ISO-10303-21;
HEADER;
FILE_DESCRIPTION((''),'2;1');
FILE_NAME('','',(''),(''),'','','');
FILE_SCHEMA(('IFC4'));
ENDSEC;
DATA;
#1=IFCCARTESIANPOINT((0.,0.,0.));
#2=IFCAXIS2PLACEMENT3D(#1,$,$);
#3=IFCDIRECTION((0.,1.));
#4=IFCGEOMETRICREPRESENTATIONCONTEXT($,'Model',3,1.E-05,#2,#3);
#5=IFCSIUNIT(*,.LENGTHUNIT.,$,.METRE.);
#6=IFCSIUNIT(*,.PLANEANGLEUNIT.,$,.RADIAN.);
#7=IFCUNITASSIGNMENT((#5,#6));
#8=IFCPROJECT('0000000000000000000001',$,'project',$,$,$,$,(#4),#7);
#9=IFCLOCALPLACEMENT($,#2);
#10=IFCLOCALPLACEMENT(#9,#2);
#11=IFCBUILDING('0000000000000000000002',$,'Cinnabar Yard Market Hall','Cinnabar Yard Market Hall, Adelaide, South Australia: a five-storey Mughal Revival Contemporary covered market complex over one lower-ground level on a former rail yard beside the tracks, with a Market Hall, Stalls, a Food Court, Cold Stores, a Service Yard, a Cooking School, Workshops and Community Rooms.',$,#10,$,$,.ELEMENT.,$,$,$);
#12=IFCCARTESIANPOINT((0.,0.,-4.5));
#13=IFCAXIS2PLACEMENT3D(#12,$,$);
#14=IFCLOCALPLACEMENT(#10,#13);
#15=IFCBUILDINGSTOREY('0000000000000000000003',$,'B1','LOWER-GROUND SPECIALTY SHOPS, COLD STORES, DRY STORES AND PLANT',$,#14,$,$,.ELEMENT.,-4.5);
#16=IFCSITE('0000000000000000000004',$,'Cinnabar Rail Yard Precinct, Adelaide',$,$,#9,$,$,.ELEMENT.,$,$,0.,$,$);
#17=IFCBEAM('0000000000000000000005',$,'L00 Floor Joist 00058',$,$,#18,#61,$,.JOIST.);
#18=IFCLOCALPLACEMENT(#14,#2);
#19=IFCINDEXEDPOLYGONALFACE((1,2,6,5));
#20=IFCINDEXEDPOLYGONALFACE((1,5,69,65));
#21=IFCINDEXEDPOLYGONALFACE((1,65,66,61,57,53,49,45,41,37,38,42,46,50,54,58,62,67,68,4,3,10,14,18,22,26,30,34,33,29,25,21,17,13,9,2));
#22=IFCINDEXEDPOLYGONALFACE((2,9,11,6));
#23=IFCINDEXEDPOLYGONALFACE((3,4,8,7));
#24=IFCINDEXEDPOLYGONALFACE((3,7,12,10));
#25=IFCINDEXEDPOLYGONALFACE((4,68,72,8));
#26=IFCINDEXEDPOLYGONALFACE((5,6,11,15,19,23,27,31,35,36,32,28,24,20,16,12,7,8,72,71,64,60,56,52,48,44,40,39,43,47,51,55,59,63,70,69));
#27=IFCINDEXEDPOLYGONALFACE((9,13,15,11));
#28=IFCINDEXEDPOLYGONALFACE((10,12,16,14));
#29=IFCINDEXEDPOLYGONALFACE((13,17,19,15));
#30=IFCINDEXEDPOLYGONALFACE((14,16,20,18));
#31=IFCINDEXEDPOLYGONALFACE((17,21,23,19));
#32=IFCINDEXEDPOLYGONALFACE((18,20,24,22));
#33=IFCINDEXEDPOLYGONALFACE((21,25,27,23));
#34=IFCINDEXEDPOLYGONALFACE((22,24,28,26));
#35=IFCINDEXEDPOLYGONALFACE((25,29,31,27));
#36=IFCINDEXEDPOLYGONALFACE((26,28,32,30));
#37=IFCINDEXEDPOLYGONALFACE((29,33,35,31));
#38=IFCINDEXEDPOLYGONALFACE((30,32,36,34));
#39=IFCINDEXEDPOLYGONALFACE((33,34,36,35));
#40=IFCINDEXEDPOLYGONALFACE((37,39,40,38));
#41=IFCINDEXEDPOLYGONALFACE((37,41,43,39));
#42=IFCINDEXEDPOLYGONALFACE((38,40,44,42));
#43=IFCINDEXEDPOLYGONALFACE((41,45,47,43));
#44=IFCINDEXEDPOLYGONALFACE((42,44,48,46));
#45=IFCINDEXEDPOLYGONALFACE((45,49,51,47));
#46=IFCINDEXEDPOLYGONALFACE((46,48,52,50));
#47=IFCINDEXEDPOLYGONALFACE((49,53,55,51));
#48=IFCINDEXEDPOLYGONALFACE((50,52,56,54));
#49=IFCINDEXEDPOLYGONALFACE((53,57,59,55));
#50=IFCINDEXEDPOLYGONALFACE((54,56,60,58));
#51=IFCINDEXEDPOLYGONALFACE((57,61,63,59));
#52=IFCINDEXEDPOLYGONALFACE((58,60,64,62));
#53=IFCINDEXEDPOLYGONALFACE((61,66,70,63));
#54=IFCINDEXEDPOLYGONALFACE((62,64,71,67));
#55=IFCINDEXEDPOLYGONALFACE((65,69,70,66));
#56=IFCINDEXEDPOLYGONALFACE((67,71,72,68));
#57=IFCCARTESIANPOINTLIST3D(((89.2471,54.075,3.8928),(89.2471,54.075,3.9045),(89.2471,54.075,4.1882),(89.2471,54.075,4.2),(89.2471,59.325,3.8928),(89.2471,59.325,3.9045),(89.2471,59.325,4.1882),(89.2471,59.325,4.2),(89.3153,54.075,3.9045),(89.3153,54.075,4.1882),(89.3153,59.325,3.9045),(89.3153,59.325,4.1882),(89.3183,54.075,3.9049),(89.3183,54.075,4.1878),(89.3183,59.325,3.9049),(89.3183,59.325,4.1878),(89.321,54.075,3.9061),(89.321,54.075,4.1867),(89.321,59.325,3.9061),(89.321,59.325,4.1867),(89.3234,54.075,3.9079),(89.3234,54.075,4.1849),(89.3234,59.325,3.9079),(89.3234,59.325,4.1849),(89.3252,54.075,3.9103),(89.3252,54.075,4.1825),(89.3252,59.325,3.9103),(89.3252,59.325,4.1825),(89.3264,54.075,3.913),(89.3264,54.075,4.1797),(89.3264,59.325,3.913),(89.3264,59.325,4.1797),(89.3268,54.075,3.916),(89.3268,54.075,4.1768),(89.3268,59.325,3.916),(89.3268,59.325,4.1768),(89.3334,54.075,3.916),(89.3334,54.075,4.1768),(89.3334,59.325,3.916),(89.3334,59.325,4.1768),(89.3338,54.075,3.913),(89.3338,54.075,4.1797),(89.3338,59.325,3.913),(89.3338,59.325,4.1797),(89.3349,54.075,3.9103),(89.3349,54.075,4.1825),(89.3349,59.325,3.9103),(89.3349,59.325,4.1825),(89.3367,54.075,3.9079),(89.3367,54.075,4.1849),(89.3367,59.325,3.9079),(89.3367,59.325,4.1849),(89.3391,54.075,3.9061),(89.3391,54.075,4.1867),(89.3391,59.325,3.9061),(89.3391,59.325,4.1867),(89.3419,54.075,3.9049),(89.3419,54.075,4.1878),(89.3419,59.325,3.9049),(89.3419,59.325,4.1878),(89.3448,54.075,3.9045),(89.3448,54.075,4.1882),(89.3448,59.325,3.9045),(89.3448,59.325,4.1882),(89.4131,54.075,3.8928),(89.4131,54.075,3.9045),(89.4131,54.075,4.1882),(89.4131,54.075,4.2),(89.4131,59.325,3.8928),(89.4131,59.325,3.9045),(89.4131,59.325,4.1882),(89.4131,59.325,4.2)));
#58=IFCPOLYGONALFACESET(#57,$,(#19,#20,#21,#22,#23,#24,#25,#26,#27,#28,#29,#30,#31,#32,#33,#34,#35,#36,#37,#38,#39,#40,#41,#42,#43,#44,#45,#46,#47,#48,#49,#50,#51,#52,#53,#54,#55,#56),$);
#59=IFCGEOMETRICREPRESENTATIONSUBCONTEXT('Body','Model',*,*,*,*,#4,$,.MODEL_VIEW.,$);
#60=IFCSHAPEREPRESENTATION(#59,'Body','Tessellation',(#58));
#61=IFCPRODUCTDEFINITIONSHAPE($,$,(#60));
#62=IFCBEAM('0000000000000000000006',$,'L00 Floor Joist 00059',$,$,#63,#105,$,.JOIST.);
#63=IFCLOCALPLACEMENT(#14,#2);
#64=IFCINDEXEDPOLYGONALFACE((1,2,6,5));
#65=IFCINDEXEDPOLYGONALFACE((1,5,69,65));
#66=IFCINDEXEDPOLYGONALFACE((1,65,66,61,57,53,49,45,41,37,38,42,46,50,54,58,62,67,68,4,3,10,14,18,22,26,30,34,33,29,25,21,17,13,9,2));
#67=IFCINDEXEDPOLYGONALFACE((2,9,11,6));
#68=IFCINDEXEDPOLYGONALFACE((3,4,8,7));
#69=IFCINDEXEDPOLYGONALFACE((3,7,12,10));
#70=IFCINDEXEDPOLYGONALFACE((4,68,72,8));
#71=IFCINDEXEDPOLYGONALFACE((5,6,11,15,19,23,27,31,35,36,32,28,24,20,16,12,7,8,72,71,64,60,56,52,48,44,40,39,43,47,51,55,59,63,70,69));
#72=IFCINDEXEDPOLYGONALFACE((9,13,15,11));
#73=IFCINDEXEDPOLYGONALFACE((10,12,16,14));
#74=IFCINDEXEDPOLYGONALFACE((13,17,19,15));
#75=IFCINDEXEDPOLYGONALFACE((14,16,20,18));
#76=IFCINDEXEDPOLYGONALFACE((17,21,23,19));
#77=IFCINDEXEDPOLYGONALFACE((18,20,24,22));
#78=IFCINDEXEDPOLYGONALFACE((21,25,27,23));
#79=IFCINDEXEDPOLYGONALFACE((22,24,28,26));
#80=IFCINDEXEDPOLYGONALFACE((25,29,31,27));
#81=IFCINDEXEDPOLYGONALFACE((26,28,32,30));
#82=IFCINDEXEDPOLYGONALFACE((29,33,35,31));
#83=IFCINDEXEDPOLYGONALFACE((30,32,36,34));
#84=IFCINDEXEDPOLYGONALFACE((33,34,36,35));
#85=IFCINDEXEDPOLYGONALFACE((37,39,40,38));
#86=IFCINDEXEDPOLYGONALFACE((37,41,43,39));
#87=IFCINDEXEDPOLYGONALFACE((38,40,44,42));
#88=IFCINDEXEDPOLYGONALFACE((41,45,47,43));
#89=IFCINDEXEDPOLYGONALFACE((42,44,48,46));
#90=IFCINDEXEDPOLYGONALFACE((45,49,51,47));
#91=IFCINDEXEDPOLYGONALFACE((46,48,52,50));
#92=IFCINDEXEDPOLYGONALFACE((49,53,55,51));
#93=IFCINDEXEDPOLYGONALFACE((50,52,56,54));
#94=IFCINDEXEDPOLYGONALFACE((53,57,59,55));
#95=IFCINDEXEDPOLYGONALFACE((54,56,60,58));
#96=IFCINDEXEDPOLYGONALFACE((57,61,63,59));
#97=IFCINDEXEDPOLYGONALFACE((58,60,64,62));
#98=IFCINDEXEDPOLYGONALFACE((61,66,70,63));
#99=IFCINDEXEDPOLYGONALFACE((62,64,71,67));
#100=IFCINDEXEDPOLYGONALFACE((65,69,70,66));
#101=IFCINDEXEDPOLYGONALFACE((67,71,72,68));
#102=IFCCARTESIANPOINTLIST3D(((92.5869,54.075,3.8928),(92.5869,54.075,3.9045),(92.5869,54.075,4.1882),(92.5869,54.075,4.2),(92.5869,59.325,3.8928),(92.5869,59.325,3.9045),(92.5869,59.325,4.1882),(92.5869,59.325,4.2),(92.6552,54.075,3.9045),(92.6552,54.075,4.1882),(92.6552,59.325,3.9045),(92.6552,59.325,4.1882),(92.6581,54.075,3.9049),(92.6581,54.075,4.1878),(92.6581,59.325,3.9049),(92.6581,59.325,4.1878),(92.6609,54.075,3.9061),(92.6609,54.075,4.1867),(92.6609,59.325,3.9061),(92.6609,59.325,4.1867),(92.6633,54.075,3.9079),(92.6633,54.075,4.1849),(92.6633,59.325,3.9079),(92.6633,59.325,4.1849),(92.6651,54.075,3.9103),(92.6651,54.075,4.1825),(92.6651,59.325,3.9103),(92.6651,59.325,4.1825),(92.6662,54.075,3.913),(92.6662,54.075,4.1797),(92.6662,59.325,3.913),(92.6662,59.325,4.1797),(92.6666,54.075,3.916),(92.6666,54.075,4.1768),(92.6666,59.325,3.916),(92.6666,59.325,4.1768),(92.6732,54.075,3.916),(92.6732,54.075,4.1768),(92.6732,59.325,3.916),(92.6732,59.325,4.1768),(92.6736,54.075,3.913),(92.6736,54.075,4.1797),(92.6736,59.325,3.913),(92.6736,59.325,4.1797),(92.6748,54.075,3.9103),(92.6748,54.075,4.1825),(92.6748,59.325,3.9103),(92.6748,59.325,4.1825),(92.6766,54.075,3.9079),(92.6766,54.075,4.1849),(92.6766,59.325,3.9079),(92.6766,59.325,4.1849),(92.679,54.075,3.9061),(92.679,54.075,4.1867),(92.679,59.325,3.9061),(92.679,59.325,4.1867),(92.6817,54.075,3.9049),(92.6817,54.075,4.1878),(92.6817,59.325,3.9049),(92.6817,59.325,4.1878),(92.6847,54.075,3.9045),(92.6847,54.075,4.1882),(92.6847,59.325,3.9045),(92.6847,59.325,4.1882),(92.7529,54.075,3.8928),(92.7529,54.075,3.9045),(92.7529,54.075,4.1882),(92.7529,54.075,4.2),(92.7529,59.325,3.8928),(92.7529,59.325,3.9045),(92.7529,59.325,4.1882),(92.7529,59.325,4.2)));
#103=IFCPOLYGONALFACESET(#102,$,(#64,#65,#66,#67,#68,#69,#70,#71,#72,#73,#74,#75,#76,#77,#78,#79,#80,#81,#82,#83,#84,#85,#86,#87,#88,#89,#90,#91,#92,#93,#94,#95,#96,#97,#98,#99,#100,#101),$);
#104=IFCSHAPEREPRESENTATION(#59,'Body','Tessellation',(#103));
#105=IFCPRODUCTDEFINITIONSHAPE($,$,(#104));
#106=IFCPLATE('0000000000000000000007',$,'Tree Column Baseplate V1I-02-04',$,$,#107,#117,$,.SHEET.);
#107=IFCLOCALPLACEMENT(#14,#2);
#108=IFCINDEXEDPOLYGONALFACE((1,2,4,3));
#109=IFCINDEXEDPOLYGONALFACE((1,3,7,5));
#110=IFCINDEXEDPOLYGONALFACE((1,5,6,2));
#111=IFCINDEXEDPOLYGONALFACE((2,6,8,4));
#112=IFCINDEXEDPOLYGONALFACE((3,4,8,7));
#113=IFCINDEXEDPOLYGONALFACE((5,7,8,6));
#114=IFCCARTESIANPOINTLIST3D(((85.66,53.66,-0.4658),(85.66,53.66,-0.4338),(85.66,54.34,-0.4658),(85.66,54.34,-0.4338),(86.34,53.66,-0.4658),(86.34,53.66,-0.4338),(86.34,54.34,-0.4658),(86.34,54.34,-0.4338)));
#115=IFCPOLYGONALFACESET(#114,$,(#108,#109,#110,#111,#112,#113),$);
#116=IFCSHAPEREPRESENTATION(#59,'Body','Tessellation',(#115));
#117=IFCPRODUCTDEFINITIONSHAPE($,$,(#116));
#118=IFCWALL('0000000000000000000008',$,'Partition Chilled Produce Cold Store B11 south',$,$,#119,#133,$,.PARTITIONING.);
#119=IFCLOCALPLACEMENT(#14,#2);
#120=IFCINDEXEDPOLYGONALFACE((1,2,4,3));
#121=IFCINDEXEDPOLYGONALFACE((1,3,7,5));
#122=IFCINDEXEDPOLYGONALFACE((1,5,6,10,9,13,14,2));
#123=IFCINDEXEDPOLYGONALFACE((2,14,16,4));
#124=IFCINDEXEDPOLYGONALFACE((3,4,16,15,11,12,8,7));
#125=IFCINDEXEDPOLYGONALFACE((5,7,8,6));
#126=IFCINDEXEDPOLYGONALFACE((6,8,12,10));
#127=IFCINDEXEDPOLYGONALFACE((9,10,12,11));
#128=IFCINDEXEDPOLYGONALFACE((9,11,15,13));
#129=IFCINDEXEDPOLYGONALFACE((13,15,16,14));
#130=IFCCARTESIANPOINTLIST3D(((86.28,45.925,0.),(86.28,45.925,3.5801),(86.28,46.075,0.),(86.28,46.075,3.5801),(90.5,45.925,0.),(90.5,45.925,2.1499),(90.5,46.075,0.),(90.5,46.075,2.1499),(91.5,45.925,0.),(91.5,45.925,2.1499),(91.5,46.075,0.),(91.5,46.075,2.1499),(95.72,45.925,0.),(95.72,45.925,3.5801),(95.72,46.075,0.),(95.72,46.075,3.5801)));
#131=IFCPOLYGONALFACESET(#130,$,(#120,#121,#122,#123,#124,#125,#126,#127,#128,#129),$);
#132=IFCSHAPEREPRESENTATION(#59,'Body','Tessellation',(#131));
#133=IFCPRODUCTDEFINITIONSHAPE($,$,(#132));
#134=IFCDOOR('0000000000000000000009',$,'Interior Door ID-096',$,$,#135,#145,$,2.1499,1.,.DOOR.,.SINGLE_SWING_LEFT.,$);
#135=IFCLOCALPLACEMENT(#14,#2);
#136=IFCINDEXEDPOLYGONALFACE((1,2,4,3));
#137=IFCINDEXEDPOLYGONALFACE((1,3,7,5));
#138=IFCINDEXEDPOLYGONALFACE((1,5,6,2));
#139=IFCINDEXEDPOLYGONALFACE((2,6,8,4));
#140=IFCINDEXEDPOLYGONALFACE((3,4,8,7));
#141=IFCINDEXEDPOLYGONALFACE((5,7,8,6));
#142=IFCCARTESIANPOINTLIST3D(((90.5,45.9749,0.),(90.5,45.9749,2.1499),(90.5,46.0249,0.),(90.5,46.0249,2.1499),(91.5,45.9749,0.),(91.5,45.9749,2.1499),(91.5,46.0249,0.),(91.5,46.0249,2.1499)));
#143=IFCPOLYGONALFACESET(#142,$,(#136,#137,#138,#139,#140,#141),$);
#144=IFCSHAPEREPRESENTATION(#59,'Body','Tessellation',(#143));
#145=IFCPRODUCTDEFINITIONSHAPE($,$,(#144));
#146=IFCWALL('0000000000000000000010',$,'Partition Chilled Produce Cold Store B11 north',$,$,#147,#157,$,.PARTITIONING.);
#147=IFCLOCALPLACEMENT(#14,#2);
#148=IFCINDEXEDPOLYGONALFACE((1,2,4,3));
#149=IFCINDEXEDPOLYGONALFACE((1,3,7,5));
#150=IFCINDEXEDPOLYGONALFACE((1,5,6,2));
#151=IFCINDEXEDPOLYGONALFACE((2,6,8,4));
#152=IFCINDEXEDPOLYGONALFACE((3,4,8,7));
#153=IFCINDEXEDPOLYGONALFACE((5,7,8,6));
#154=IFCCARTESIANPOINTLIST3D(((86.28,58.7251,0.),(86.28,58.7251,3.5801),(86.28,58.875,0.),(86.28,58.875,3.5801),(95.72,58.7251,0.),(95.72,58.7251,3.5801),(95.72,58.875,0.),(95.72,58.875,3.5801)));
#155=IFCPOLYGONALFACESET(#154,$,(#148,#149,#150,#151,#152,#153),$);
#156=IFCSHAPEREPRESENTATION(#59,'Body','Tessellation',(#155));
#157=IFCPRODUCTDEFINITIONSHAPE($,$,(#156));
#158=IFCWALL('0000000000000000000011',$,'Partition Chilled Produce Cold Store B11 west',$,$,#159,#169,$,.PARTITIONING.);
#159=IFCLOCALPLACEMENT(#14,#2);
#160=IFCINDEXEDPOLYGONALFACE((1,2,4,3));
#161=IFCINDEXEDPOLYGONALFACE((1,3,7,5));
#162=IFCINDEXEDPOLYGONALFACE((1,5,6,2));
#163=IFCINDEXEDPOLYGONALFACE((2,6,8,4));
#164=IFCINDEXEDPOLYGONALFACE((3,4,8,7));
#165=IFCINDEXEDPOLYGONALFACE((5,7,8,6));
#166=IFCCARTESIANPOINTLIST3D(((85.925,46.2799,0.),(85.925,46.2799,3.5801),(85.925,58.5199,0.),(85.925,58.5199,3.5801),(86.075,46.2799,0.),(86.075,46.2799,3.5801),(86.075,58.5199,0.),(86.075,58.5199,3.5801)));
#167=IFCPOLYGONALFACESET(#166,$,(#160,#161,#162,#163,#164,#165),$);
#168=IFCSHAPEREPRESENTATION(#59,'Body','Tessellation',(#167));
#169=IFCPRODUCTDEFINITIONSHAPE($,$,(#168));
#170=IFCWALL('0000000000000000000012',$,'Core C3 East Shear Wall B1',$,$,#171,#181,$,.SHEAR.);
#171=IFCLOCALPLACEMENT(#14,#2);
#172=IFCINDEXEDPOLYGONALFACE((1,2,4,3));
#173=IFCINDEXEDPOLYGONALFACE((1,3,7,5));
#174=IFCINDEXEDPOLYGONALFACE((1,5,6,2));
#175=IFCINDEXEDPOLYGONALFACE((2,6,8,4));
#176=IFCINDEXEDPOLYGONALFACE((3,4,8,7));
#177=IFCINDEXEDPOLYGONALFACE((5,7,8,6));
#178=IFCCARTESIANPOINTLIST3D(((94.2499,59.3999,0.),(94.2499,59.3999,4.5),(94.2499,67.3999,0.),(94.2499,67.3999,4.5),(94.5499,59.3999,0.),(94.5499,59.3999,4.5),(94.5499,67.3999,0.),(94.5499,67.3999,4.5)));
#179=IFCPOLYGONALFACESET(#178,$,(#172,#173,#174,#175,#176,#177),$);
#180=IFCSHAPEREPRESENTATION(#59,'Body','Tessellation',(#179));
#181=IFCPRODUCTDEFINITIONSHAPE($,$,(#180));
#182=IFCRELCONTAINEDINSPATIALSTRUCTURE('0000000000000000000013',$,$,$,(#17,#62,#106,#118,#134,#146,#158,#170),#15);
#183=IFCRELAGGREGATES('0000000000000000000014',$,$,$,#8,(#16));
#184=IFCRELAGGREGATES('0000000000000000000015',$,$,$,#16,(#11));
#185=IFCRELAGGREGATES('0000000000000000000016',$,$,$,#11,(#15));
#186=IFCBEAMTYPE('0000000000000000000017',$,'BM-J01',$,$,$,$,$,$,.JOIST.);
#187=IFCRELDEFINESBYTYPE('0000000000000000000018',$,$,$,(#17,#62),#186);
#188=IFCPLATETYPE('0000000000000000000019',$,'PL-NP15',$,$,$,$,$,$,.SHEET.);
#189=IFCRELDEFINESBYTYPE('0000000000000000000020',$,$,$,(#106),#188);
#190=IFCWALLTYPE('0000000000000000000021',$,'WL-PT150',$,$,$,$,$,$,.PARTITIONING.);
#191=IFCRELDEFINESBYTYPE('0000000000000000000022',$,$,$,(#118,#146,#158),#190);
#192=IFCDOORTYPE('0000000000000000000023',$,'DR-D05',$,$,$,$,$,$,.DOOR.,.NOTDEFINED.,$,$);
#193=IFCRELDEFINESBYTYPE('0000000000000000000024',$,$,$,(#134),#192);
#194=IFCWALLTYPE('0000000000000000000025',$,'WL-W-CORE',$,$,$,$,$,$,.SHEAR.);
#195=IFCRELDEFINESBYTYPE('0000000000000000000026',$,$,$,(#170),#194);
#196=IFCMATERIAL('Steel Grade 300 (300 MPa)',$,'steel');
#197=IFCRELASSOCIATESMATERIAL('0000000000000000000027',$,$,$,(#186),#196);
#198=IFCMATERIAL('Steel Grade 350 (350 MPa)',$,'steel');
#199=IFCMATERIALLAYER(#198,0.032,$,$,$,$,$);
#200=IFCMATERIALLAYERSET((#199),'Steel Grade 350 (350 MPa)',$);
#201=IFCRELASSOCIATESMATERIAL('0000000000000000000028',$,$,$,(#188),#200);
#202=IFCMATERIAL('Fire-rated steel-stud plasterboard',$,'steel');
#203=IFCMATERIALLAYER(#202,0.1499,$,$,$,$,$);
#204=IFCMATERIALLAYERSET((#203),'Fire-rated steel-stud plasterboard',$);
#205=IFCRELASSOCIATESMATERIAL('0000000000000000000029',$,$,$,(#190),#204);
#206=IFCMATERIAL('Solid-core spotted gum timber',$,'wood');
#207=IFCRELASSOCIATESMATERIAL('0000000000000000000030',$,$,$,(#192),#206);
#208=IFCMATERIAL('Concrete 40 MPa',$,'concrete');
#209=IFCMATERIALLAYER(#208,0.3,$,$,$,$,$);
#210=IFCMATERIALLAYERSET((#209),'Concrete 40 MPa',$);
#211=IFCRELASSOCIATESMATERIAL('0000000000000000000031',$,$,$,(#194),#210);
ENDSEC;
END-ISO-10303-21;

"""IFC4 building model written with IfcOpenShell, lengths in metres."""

from ifc_helpers import new_model, si_unit, direction, frame, frame_2d, origin, origin_2d_with_axis, place, context, subcontext, project, spatial, rectangle, i_section, extrude, material, layer, layer_set, material_profile, profile_set, type_object, element, fill, save


model = new_model("IFC4")

# Units and contexts
model_context = context("Model", 3, precision=1e-05, world=origin(), true_north=direction((0.0, 1.0)))
body_context = subcontext(model_context, "Body", "Model", "MODEL_VIEW")
ifc_project = project(units=[si_unit("LENGTHUNIT", "METRE"), si_unit("PLANEANGLEUNIT", "RADIAN")], contexts=[model_context])

# Site, building, storey
site_placement = place(None, origin())
site = spatial("IfcSite", under=ifc_project, at=site_placement, Name="Cinnabar Rail Yard Precinct, Adelaide", CompositionType="ELEMENT", RefElevation=0.0)
building_placement = place(site_placement, origin())
building = spatial("IfcBuilding", under=site, at=building_placement, Name="Cinnabar Yard Market Hall", Description="Cinnabar Yard Market Hall, Adelaide, South Australia: a five-storey Mughal Revival Contemporary covered market complex over one lower-ground level on a former rail yard beside the tracks, with a Market Hall, Stalls, a Food Court, Cold Stores, a Service Yard, a Cooking School, Workshops and Community Rooms.", CompositionType="ELEMENT")
storey_placement = place(building_placement, frame((0.0, 0.0, -4.5)))
storey = spatial("IfcBuildingStorey", under=building, at=storey_placement, Name="B1", Description="LOWER-GROUND SPECIALTY SHOPS, COLD STORES, DRY STORES AND PLANT", CompositionType="ELEMENT", Elevation=-4.5)

# Shared definitions
ifc_material_1 = material(Name="Concrete 40 MPa", Category="concrete")

# Beams
ifc_material_2 = material(Name="Steel Grade 300 (300 MPa)", Category="steel")
ifc_material_profile_1 = material_profile(ifc_material_2, i_section(OverallWidth=0.166, OverallDepth=0.3071, WebThickness=0.0066, FlangeThickness=0.0117, FilletRadius=0.0115, at=origin_2d_with_axis()), Name="310UB46.2")
ifc_profile_set_1 = profile_set([ifc_material_profile_1], Name="Steel Grade 300 (300 MPa)")
beam_type_1 = type_object("IfcBeamType", Name="BM-J01", PredefinedType="JOIST", material=ifc_profile_set_1)
for number, where, z_axis, x_axis, name in (
    (1, (89.3301, 54.075, 4.0464), (0.0, 1.0, 0.0), (-1.0, 0.0, 0.0), "L00 Floor Joist 00058"),
    (2, (92.6699, 54.075, 4.0464), (0.0, 1.0, 0.0), (-1.0, 0.0, 0.0), "L00 Floor Joist 00059"),
):
    element("IfcBeam", number, at=place(storey_placement, frame(where, z_axis=z_axis, x_axis=x_axis)), inside=storey, type_object=beam_type_1, Name=name, PredefinedType="JOIST", context=body_context, shape_type="SweptSolid", body=[
        extrude(i_section(OverallWidth=0.166, OverallDepth=0.3071, WebThickness=0.0066, FlangeThickness=0.0117, FilletRadius=0.0115, at=origin_2d_with_axis()), origin(), (0.0, 0.0, 1.0), 5.25),
    ])

# Plate
ifc_material_3 = material(Name="Steel Grade 350 (350 MPa)", Category="steel")
ifc_layer_1 = layer(ifc_material_3, 0.032)
ifc_layer_set_1 = layer_set([ifc_layer_1], Name="Steel Grade 350 (350 MPa)")
plate_type = type_object("IfcPlateType", Name="PL-NP15", PredefinedType="SHEET", material=ifc_layer_set_1)
plate_placement = place(storey_placement, frame((86.0, 54.0, -0.4658), z_axis=(0.0, 0.0, 1.0), x_axis=(1.0, 0.0, 0.0)))
element("IfcPlate", 3, at=plate_placement, inside=storey, type_object=plate_type, Name="Tree Column Baseplate V1I-02-04", PredefinedType="SHEET", context=body_context, shape_type="SweptSolid", body=[
    extrude(rectangle(XDim=0.6799, YDim=0.6799, at=origin_2d_with_axis()), origin(), (0.0, 0.0, 1.0), 0.032),
])

# Wall, opening, door
ifc_material_4 = material(Name="Fire-rated steel-stud plasterboard", Category="steel")
ifc_layer_2 = layer(ifc_material_4, 0.1499)
ifc_layer_set_2 = layer_set([ifc_layer_2], Name="Fire-rated steel-stud plasterboard")
wall_type_1 = type_object("IfcWallType", Name="WL-PT150", PredefinedType="PARTITIONING", material=ifc_layer_set_2)
wall_1_placement = place(storey_placement, frame((86.28, 46.0, 0.0), z_axis=(0.0, 0.0, 1.0), x_axis=(1.0, 0.0, 0.0)))
wall_1 = element("IfcWall", 4, at=wall_1_placement, inside=storey, type_object=wall_type_1, Name="Partition Chilled Produce Cold Store B11 south", PredefinedType="PARTITIONING", context=body_context, shape_type="SweptSolid", body=[
    extrude(rectangle(XDim=9.4399, YDim=0.1499, at=frame_2d((4.72, 0.0), x_axis=(1.0, 0.0))), origin(), (0.0, 0.0, 1.0), 3.5801),
])
opening_placement = place(wall_1_placement, frame((4.22, 0.0, 0.0)))
opening = element("IfcOpeningElement", 5, at=opening_placement, cuts=wall_1, PredefinedType="OPENING", context=body_context, shape_type="SweptSolid", body=[
    extrude(rectangle(XDim=1.0, YDim=2.1499, at=frame_2d((0.5, 1.075), x_axis=(1.0, 0.0))), frame((0.0, 0.085, 0.0), z_axis=(0.0, -1.0, 0.0), x_axis=(1.0, 0.0, 0.0)), (0.0, 0.0, 1.0), 0.1699),
])
ifc_material_5 = material(Name="Solid-core spotted gum timber", Category="wood")
door_type = type_object("IfcDoorType", Name="DR-D05", OperationType="NOTDEFINED", PredefinedType="DOOR", material=ifc_material_5)
door_placement = place(opening_placement, origin())
door = element("IfcDoor", 6, at=door_placement, inside=storey, type_object=door_type, Name="Interior Door ID-096", OperationType="SINGLE_SWING_LEFT", OverallHeight=2.1499, OverallWidth=1.0, PredefinedType="DOOR", context=body_context, shape_type="SweptSolid", body=[
    extrude(rectangle(XDim=1.0, YDim=2.1499, at=frame_2d((0.5, 1.075), x_axis=(1.0, 0.0))), frame((0.0, 0.0249, 0.0), z_axis=(0.0, -1.0, 0.0), x_axis=(1.0, 0.0, 0.0)), (0.0, 0.0, 1.0), 0.05),
])
fill(opening, door)

# Walls
wall_2_placement = place(storey_placement, frame((95.72, 58.8, 0.0), z_axis=(0.0, 0.0, 1.0), x_axis=(-1.0, 0.0, 0.0)))
element("IfcWall", 7, at=wall_2_placement, inside=storey, type_object=wall_type_1, Name="Partition Chilled Produce Cold Store B11 north", PredefinedType="PARTITIONING", context=body_context, shape_type="SweptSolid", body=[
    extrude(rectangle(XDim=9.4399, YDim=0.1499, at=frame_2d((4.72, 0.0), x_axis=(1.0, 0.0))), origin(), (0.0, 0.0, 1.0), 3.5801),
])
wall_3_placement = place(storey_placement, frame((86.0, 58.52, 0.0), z_axis=(0.0, 0.0, 1.0), x_axis=(0.0, -1.0, 0.0)))
element("IfcWall", 8, at=wall_3_placement, inside=storey, type_object=wall_type_1, Name="Partition Chilled Produce Cold Store B11 west", PredefinedType="PARTITIONING", context=body_context, shape_type="SweptSolid", body=[
    extrude(rectangle(XDim=12.24, YDim=0.1499, at=frame_2d((6.1201, 0.0), x_axis=(1.0, 0.0))), origin(), (0.0, 0.0, 1.0), 3.5801),
])
ifc_layer_3 = layer(ifc_material_1, 0.3)
ifc_layer_set_3 = layer_set([ifc_layer_3], Name="Concrete 40 MPa")
wall_type_2 = type_object("IfcWallType", Name="WL-W-CORE", PredefinedType="SHEAR", material=ifc_layer_set_3)
wall_4_placement = place(storey_placement, frame((94.3999, 59.3999, 0.0), z_axis=(0.0, 0.0, 1.0), x_axis=(0.0, 1.0, 0.0)))
element("IfcWall", 9, at=wall_4_placement, inside=storey, type_object=wall_type_2, Name="Core C3 East Shear Wall B1", PredefinedType="SHEAR", context=body_context, shape_type="SweptSolid", body=[
    extrude(rectangle(XDim=8.0, YDim=0.3, at=frame_2d((4.0, 0.0), x_axis=(1.0, 0.0))), origin(), (0.0, 0.0, 1.0), 4.5),
])

save(model, "model.ifc")
